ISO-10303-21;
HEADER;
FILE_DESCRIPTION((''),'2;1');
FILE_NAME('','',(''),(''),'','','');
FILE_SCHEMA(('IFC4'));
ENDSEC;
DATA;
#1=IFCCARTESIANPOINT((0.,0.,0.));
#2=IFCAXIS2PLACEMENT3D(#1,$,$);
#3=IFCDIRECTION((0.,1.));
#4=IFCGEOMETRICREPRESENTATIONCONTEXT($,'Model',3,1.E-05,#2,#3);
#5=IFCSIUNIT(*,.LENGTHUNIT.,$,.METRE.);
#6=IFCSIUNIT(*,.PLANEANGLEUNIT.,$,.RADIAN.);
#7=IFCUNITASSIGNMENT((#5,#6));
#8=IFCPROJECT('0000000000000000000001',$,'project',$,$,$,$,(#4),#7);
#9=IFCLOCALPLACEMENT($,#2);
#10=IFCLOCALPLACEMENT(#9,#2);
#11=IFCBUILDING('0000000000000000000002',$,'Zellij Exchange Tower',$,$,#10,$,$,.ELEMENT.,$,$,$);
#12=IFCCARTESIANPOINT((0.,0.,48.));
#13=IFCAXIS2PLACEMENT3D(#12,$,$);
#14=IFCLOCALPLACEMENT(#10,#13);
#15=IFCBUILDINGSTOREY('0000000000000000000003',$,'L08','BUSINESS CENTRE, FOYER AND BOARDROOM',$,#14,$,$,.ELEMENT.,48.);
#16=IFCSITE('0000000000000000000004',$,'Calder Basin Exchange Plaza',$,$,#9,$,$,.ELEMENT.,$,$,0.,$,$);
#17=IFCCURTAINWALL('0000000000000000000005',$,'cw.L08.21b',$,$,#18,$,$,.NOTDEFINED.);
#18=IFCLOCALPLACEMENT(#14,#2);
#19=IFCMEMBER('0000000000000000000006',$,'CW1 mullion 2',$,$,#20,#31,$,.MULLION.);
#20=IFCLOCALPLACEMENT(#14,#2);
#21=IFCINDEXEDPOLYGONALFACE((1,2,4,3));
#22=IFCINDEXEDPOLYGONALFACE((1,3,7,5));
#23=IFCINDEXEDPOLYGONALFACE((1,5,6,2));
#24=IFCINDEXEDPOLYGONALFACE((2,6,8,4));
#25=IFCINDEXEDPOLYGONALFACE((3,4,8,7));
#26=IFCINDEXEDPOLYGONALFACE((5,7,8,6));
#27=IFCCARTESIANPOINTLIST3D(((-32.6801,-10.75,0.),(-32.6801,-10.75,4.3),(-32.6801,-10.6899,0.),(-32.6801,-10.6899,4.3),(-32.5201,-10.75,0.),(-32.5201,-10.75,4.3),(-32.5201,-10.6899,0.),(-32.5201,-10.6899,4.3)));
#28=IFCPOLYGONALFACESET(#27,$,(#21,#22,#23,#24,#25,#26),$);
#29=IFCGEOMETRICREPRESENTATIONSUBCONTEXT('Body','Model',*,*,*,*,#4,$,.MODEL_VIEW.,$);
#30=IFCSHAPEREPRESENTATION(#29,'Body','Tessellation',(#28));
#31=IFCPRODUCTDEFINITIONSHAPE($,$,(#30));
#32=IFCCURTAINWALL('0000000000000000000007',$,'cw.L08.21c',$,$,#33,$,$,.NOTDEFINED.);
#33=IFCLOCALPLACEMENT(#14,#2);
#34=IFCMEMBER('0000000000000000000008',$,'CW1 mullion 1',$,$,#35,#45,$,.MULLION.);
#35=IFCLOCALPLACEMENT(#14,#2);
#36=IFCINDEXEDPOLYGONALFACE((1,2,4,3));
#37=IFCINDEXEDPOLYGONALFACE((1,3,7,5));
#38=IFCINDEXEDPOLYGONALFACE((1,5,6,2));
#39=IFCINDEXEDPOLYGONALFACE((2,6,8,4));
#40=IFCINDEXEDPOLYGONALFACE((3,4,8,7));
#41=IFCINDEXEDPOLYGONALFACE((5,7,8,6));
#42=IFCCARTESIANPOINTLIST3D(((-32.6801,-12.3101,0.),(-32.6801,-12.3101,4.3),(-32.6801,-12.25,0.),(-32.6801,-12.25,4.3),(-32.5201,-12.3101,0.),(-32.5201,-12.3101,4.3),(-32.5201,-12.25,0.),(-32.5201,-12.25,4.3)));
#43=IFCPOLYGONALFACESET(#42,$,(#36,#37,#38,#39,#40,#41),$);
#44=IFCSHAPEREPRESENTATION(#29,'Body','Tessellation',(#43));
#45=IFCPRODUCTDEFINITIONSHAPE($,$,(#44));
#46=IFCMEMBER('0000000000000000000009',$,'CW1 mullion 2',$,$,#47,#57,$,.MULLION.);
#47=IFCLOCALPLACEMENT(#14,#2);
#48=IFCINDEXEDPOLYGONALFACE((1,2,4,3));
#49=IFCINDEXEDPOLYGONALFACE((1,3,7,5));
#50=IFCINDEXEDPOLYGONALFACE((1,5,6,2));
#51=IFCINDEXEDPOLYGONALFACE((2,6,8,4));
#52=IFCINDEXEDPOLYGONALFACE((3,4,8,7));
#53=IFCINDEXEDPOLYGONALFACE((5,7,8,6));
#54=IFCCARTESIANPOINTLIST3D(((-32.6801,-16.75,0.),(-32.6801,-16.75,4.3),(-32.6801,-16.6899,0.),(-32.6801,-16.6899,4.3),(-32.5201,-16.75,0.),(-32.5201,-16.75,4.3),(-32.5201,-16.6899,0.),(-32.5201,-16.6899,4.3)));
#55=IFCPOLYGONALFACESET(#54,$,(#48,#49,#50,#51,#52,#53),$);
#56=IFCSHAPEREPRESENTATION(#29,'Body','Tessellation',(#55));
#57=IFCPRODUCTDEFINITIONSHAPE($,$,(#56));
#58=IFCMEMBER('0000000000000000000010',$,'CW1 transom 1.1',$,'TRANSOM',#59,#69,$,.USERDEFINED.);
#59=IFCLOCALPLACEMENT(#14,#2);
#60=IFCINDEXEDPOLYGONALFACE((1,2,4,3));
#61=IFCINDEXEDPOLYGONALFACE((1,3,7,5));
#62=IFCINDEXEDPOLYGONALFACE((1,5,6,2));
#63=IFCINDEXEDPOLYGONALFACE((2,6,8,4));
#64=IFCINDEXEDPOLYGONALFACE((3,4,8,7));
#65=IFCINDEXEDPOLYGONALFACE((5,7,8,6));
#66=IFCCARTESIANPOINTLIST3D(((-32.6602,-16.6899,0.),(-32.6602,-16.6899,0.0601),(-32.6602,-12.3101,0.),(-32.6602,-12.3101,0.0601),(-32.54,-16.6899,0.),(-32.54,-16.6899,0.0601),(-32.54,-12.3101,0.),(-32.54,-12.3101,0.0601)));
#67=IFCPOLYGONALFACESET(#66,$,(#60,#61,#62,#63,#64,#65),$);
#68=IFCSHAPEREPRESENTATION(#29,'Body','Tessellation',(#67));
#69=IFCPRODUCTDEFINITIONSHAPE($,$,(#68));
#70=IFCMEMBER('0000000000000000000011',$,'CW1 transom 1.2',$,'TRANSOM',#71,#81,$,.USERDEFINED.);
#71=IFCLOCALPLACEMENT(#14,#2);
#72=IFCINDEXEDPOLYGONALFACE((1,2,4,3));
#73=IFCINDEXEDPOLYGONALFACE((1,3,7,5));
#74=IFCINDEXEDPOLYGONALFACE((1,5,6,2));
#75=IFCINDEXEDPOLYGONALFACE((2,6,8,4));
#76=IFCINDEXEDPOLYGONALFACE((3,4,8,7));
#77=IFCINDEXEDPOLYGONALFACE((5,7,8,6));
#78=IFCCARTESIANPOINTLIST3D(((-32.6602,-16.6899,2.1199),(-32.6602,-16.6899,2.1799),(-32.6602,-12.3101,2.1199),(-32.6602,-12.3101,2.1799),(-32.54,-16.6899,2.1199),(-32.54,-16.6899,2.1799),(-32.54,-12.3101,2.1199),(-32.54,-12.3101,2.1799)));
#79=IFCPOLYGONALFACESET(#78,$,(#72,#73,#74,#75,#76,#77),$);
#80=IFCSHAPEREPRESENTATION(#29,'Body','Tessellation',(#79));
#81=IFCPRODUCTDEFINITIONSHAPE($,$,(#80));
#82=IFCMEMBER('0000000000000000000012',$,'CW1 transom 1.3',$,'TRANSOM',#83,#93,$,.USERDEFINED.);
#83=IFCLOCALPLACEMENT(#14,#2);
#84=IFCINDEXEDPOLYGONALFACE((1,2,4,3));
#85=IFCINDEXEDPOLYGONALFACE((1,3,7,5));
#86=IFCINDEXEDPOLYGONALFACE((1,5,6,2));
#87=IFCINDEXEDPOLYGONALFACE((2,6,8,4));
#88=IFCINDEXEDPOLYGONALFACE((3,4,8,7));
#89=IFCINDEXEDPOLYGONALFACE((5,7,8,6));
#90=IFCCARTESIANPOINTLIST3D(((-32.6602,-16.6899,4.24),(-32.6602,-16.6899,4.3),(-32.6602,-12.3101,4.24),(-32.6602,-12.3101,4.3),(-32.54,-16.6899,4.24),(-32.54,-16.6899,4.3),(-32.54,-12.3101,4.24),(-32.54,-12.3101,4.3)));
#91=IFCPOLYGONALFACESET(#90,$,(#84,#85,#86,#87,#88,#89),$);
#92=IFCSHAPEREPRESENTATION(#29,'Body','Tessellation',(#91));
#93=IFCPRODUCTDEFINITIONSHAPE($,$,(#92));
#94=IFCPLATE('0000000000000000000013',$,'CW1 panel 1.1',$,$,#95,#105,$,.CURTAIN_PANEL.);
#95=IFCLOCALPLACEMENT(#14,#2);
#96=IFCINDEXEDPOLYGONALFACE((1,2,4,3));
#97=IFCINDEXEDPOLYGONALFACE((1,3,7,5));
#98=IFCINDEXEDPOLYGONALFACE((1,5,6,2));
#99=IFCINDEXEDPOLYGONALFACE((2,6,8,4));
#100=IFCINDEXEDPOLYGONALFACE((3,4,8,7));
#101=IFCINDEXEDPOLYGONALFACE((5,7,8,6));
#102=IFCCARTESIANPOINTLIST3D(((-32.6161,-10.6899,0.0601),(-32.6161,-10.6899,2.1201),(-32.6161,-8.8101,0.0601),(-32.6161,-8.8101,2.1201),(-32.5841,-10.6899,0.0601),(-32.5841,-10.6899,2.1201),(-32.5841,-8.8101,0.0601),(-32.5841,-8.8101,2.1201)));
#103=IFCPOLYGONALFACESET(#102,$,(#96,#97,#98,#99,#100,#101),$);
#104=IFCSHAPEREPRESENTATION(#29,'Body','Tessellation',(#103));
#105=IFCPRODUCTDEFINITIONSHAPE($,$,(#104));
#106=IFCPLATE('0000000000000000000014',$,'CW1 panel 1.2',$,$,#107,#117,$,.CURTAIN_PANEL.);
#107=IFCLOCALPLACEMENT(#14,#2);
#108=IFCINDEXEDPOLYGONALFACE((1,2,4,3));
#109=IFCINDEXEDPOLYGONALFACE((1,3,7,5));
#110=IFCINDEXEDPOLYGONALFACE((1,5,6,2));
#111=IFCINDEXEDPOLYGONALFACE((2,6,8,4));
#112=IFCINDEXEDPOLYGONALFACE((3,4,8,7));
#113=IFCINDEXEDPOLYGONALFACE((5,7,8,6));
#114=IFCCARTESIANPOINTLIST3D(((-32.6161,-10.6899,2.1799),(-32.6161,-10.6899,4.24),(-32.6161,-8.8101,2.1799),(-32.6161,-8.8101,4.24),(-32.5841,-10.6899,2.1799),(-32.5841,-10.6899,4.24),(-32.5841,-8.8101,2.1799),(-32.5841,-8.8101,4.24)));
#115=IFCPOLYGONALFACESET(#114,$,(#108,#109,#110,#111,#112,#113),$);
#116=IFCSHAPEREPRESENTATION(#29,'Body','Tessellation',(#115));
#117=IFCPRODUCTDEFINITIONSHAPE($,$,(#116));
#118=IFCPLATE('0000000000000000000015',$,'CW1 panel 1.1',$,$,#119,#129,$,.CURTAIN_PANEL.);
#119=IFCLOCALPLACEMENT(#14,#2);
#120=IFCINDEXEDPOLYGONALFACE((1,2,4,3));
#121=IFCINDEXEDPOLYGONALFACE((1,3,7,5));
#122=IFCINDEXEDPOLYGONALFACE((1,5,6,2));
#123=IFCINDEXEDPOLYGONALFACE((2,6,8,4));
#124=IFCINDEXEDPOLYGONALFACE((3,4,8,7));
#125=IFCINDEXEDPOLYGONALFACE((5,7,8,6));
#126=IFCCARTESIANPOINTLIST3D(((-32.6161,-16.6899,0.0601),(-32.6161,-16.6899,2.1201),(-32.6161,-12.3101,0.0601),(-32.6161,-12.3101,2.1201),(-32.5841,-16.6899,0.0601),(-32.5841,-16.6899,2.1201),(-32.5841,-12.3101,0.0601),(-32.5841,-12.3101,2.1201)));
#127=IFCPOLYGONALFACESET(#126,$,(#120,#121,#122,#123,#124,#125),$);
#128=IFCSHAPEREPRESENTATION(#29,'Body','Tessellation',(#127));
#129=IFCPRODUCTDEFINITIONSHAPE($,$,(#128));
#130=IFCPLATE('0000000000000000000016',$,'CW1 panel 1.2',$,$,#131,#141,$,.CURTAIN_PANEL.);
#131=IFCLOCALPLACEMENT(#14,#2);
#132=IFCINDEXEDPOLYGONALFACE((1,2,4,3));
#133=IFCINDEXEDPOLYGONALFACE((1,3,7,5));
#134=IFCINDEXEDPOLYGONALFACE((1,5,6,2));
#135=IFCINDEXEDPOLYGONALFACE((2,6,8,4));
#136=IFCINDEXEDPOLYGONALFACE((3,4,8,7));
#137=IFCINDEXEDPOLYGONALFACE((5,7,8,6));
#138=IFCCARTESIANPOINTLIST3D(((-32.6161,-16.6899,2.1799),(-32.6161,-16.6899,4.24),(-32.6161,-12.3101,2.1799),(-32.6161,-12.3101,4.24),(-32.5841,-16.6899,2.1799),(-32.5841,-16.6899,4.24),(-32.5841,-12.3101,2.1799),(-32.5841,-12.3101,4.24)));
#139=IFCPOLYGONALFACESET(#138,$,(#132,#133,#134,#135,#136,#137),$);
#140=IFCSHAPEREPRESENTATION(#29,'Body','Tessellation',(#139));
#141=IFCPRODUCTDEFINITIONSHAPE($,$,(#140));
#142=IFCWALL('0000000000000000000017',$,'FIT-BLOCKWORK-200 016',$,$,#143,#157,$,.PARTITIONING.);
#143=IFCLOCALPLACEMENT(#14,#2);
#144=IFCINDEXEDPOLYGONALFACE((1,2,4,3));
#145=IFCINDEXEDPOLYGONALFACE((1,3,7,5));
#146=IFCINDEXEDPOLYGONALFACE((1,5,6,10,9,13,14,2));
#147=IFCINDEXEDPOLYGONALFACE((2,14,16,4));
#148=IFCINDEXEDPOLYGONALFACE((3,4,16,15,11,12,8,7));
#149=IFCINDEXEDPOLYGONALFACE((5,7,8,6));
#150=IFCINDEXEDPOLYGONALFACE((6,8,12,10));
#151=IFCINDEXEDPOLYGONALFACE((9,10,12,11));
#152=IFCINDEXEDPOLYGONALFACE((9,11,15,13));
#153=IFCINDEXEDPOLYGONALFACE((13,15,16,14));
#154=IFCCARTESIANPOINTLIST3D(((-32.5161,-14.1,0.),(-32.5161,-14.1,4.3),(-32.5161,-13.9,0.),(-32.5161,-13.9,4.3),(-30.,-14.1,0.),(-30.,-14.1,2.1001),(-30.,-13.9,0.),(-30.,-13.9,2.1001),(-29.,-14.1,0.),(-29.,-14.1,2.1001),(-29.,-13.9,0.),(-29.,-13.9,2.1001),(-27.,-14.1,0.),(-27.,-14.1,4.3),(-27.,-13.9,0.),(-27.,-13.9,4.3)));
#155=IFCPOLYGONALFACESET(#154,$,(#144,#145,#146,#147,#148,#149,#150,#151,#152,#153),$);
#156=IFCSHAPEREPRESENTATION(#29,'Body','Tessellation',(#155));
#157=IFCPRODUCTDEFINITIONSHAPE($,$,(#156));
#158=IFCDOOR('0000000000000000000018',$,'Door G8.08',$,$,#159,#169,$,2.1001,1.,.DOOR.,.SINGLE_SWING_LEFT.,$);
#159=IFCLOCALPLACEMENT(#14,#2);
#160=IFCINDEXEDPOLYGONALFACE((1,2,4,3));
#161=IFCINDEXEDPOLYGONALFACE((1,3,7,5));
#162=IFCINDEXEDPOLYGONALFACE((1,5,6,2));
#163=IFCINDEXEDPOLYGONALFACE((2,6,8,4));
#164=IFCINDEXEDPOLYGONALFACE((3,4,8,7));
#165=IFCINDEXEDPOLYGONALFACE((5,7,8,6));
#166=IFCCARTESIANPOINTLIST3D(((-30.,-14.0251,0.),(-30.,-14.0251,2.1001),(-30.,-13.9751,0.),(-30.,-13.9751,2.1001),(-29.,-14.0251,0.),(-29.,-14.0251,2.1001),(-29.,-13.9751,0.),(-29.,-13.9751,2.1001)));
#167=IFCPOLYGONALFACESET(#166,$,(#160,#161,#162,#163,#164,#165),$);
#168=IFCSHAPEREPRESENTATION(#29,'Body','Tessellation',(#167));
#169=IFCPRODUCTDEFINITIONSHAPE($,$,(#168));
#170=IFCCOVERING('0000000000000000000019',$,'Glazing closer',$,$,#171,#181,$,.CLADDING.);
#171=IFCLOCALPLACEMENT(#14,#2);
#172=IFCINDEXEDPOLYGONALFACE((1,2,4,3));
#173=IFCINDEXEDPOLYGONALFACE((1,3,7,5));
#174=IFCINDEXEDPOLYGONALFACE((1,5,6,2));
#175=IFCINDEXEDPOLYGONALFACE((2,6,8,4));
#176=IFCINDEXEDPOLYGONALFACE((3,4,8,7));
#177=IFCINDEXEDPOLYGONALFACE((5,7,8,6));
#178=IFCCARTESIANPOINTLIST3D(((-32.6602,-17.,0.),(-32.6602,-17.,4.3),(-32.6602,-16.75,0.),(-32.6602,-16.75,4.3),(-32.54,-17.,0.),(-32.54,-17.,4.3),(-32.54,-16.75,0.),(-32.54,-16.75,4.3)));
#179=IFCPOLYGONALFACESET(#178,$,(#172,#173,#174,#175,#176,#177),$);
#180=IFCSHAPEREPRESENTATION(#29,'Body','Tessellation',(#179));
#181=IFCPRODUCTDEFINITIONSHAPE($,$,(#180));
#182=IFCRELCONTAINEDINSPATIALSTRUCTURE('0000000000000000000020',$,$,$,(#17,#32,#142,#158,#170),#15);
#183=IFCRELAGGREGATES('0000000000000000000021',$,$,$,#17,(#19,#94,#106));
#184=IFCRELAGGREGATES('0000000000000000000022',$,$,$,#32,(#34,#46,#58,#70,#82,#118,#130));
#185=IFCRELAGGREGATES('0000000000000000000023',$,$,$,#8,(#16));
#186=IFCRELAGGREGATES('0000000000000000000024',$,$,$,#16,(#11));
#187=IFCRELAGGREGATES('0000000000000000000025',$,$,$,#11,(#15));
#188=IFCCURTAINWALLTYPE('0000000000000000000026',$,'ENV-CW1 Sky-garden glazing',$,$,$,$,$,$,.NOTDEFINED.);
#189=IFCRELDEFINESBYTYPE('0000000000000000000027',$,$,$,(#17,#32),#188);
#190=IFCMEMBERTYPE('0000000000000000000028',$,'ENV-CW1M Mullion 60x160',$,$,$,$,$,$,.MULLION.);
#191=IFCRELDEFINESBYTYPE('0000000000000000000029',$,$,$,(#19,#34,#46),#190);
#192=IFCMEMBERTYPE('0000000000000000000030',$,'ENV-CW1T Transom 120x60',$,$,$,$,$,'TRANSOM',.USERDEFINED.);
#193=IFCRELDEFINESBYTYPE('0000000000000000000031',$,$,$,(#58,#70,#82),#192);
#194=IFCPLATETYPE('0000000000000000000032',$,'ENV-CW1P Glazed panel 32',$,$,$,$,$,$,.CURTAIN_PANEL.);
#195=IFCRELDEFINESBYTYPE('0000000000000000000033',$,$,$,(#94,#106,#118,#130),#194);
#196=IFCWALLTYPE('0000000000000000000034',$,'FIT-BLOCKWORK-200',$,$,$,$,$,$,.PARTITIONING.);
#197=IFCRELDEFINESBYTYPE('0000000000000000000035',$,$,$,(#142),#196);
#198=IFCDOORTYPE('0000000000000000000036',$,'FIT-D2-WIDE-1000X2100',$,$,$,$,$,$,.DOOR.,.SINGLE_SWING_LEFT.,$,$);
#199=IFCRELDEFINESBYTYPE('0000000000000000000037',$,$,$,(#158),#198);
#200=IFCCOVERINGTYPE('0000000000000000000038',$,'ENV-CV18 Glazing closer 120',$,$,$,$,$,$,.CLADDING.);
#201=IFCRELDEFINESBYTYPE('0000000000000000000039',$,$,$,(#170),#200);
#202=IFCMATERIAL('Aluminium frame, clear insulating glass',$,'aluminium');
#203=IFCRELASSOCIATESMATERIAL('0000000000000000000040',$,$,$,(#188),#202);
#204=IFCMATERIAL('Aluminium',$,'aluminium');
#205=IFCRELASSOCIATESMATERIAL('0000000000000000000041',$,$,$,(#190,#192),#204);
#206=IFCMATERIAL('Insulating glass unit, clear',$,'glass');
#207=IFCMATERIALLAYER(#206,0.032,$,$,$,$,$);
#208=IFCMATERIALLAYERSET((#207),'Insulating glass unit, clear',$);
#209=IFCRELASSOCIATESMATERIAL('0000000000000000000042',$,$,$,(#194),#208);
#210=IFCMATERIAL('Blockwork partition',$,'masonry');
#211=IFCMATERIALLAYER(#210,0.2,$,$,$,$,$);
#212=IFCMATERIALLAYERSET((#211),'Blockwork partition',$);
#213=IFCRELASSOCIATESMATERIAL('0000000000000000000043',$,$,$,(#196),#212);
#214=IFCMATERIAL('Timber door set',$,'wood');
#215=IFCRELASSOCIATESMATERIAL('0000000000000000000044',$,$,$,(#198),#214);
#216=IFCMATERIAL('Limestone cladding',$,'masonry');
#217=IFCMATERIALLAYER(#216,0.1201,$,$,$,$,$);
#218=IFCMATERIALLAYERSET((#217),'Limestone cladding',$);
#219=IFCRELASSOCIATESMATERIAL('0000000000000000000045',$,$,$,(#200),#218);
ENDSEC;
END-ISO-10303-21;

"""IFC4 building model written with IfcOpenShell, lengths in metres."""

from ifc_helpers import new_model, si_unit, direction, frame, frame_2d, origin, origin_2d, place, context, subcontext, project, spatial, rectangle, extrude, material, layer, layer_set, material_profile, profile_set, type_object, element, fill, aggregate, save


model = new_model("IFC4")

# Units and contexts
model_context = context("Model", 3, precision=1e-05, world=origin(), true_north=direction((0.0, 1.0)))
body_context = subcontext(model_context, "Body", "Model", "MODEL_VIEW")
ifc_project = project(units=[si_unit("LENGTHUNIT", "METRE"), si_unit("PLANEANGLEUNIT", "RADIAN")], contexts=[model_context])

# Site, building, storey
site_placement = place(None, origin())
site = spatial("IfcSite", under=ifc_project, at=site_placement, Name="Calder Basin Exchange Plaza", CompositionType="ELEMENT", RefElevation=0.0)
building_placement = place(site_placement, origin())
building = spatial("IfcBuilding", under=site, at=building_placement, Name="Zellij Exchange Tower", CompositionType="ELEMENT")
storey_placement = place(building_placement, frame((0.0, 0.0, 48.0)))
storey = spatial("IfcBuildingStorey", under=building, at=storey_placement, Name="L08", Description="BUSINESS CENTRE, FOYER AND BOARDROOM", CompositionType="ELEMENT", Elevation=48.0)

# Curtain wall, member
ifc_material_1 = material(Name="Aluminium frame, clear insulating glass", Category="aluminium")
curtain_wall_type = type_object("IfcCurtainWallType", Name="ENV-CW1 Sky-garden glazing", PredefinedType="NOTDEFINED", material=ifc_material_1)
curtain_wall_1_placement = place(storey_placement, origin())
curtain_wall_1 = element("IfcCurtainWall", 1, at=curtain_wall_1_placement, inside=storey, type_object=curtain_wall_type, Name="cw.L08.21b", PredefinedType="NOTDEFINED")
ifc_material_2 = material(Name="Aluminium", Category="aluminium")
ifc_material_profile_1 = material_profile(ifc_material_2, rectangle(XDim=0.0601, YDim=0.1599, at=origin_2d()), Name="AL 60x160")
ifc_profile_set_1 = profile_set([ifc_material_profile_1], Name="Aluminium")
member_type_1 = type_object("IfcMemberType", Name="ENV-CW1M Mullion 60x160", PredefinedType="MULLION", material=ifc_profile_set_1)
member_1_placement = place(storey_placement, frame((-32.6001, -10.72, 0.0), z_axis=(0.0, 0.0, 1.0), x_axis=(0.0, -1.0, 0.0)))
member_1 = element("IfcMember", 2, at=member_1_placement, type_object=member_type_1, Name="CW1 mullion 2", PredefinedType="MULLION", context=body_context, shape_type="SweptSolid", body=[
    extrude(rectangle(XDim=0.0601, YDim=0.1599, at=origin_2d()), origin(), (0.0, 0.0, 1.0), 4.3),
])

# Curtain wall, members
curtain_wall_2_placement = place(storey_placement, origin())
curtain_wall_2 = element("IfcCurtainWall", 3, at=curtain_wall_2_placement, inside=storey, type_object=curtain_wall_type, Name="cw.L08.21c", PredefinedType="NOTDEFINED")
member_2_placement = place(storey_placement, frame((-32.6001, -12.28, 0.0), z_axis=(0.0, 0.0, 1.0), x_axis=(0.0, -1.0, 0.0)))
member_2 = element("IfcMember", 4, at=member_2_placement, type_object=member_type_1, Name="CW1 mullion 1", PredefinedType="MULLION", context=body_context, shape_type="SweptSolid", body=[
    extrude(rectangle(XDim=0.0601, YDim=0.1599, at=origin_2d()), origin(), (0.0, 0.0, 1.0), 4.3),
])
member_3_placement = place(storey_placement, frame((-32.6001, -16.72, 0.0), z_axis=(0.0, 0.0, 1.0), x_axis=(0.0, -1.0, 0.0)))
member_3 = element("IfcMember", 5, at=member_3_placement, type_object=member_type_1, Name="CW1 mullion 2", PredefinedType="MULLION", context=body_context, shape_type="SweptSolid", body=[
    extrude(rectangle(XDim=0.0601, YDim=0.1599, at=origin_2d()), origin(), (0.0, 0.0, 1.0), 4.3),
])
ifc_material_profile_2 = material_profile(ifc_material_2, rectangle(XDim=0.1201, YDim=0.0601, at=origin_2d()), Name="AL 120x60")
ifc_profile_set_2 = profile_set([ifc_material_profile_2], Name="Aluminium")
member_type_2 = type_object("IfcMemberType", Name="ENV-CW1T Transom 120x60", ElementType="TRANSOM", PredefinedType="USERDEFINED", material=ifc_profile_set_2)
member_4_placement = place(storey_placement, frame((-32.6001, -12.3101, 0.03), z_axis=(0.0, -1.0, 0.0), x_axis=(1.0, 0.0, 0.0)))
member_4 = element("IfcMember", 6, at=member_4_placement, type_object=member_type_2, Name="CW1 transom 1.1", ObjectType="TRANSOM", PredefinedType="USERDEFINED", context=body_context, shape_type="SweptSolid", body=[
    extrude(rectangle(XDim=0.1201, YDim=0.0601, at=origin_2d()), origin(), (0.0, 0.0, 1.0), 4.3799),
])
member_5_placement = place(storey_placement, frame((-32.6001, -12.3101, 2.1499), z_axis=(0.0, -1.0, 0.0), x_axis=(1.0, 0.0, 0.0)))
member_5 = element("IfcMember", 7, at=member_5_placement, type_object=member_type_2, Name="CW1 transom 1.2", ObjectType="TRANSOM", PredefinedType="USERDEFINED", context=body_context, shape_type="SweptSolid", body=[
    extrude(rectangle(XDim=0.1201, YDim=0.0601, at=origin_2d()), origin(), (0.0, 0.0, 1.0), 4.3799),
])
member_6_placement = place(storey_placement, frame((-32.6001, -12.3101, 4.27), z_axis=(0.0, -1.0, 0.0), x_axis=(1.0, 0.0, 0.0)))
member_6 = element("IfcMember", 8, at=member_6_placement, type_object=member_type_2, Name="CW1 transom 1.3", ObjectType="TRANSOM", PredefinedType="USERDEFINED", context=body_context, shape_type="SweptSolid", body=[
    extrude(rectangle(XDim=0.1201, YDim=0.0601, at=origin_2d()), origin(), (0.0, 0.0, 1.0), 4.3799),
])

# Plates
ifc_material_3 = material(Name="Insulating glass unit, clear", Category="glass")
ifc_layer_1 = layer(ifc_material_3, 0.032)
ifc_layer_set_1 = layer_set([ifc_layer_1], Name="Insulating glass unit, clear")
plate_type = type_object("IfcPlateType", Name="ENV-CW1P Glazed panel 32", PredefinedType="CURTAIN_PANEL", material=ifc_layer_set_1)
plate_1_placement = place(storey_placement, frame((-32.6001, -9.75, 0.0601), z_axis=(0.0, 0.0, 1.0), x_axis=(0.0, -1.0, 0.0)))
plate_1 = element("IfcPlate", 9, at=plate_1_placement, type_object=plate_type, Name="CW1 panel 1.1", PredefinedType="CURTAIN_PANEL", context=body_context, shape_type="SweptSolid", body=[
    extrude(rectangle(XDim=1.8799, YDim=0.032, at=origin_2d()), origin(), (0.0, 0.0, 1.0), 2.0601),
])
plate_2_placement = place(storey_placement, frame((-32.6001, -9.75, 2.1799), z_axis=(0.0, 0.0, 1.0), x_axis=(0.0, -1.0, 0.0)))
plate_2 = element("IfcPlate", 10, at=plate_2_placement, type_object=plate_type, Name="CW1 panel 1.2", PredefinedType="CURTAIN_PANEL", context=body_context, shape_type="SweptSolid", body=[
    extrude(rectangle(XDim=1.8799, YDim=0.032, at=origin_2d()), origin(), (0.0, 0.0, 1.0), 2.0601),
])
aggregate(curtain_wall_1, [member_1, plate_1, plate_2])
plate_3_placement = place(storey_placement, frame((-32.6001, -14.5, 0.0601), z_axis=(0.0, 0.0, 1.0), x_axis=(0.0, -1.0, 0.0)))
plate_3 = element("IfcPlate", 11, at=plate_3_placement, type_object=plate_type, Name="CW1 panel 1.1", PredefinedType="CURTAIN_PANEL", context=body_context, shape_type="SweptSolid", body=[
    extrude(rectangle(XDim=4.3799, YDim=0.032, at=origin_2d()), origin(), (0.0, 0.0, 1.0), 2.0601),
])
plate_4_placement = place(storey_placement, frame((-32.6001, -14.5, 2.1799), z_axis=(0.0, 0.0, 1.0), x_axis=(0.0, -1.0, 0.0)))
plate_4 = element("IfcPlate", 12, at=plate_4_placement, type_object=plate_type, Name="CW1 panel 1.2", PredefinedType="CURTAIN_PANEL", context=body_context, shape_type="SweptSolid", body=[
    extrude(rectangle(XDim=4.3799, YDim=0.032, at=origin_2d()), origin(), (0.0, 0.0, 1.0), 2.0601),
])
aggregate(curtain_wall_2, [member_2, member_3, member_4, member_5, member_6, plate_3, plate_4])

# Wall, opening, door
ifc_material_4 = material(Name="Blockwork partition", Category="masonry")
ifc_layer_2 = layer(ifc_material_4, 0.2)
ifc_layer_set_2 = layer_set([ifc_layer_2], Name="Blockwork partition")
wall_type = type_object("IfcWallType", Name="FIT-BLOCKWORK-200", PredefinedType="PARTITIONING", material=ifc_layer_set_2)
wall_placement = place(storey_placement, frame((-32.5161, -14.0, 0.0), z_axis=(0.0, 0.0, 1.0), x_axis=(1.0, 0.0, 0.0)))
wall = element("IfcWall", 13, at=wall_placement, inside=storey, type_object=wall_type, Name="FIT-BLOCKWORK-200 016", PredefinedType="PARTITIONING", context=body_context, shape_type="SweptSolid", body=[
    extrude(rectangle(XDim=5.5161, YDim=0.2, at=frame_2d((2.7581, 0.0))), origin(), (0.0, 0.0, 1.0), 4.3),
])
opening_placement = place(wall_placement, frame((2.5161, 0.0, 0.0)))
opening = element("IfcOpeningElement", 14, at=opening_placement, cuts=wall, PredefinedType="OPENING", context=body_context, shape_type="SweptSolid", body=[
    extrude(rectangle(XDim=1.0, YDim=2.1001, at=frame_2d((0.5, 1.05))), frame((0.0, 0.1118, 0.0), z_axis=(0.0, -1.0, 0.0), x_axis=(1.0, 0.0, 0.0)), (0.0, 0.0, 1.0), 0.2239),
])
ifc_material_5 = material(Name="Timber door set", Category="wood")
door_type = type_object("IfcDoorType", Name="FIT-D2-WIDE-1000X2100", OperationType="SINGLE_SWING_LEFT", PredefinedType="DOOR", material=ifc_material_5)
door_placement = place(opening_placement, origin())
door = element("IfcDoor", 15, at=door_placement, inside=storey, type_object=door_type, Name="Door G8.08", OperationType="SINGLE_SWING_LEFT", OverallHeight=2.1001, OverallWidth=1.0, PredefinedType="DOOR", context=body_context, shape_type="SweptSolid", body=[
    extrude(rectangle(XDim=1.0, YDim=2.1001, at=frame_2d((0.5, 1.05))), frame((0.0, 0.0249, 0.0), z_axis=(0.0, -1.0, 0.0), x_axis=(1.0, 0.0, 0.0)), (0.0, 0.0, 1.0), 0.05),
])
fill(opening, door)

# Covering
ifc_material_6 = material(Name="Limestone cladding", Category="masonry")
ifc_layer_3 = layer(ifc_material_6, 0.1201)
ifc_layer_set_3 = layer_set([ifc_layer_3], Name="Limestone cladding")
covering_type_1 = type_object("IfcCoveringType", Name="ENV-CV18 Glazing closer 120", PredefinedType="CLADDING", material=ifc_layer_set_3)
for number, where, z_axis, x_axis, name in (
    (16, (-32.6001, -16.875, 0.0), (0.0, 0.0, 1.0), (0.0, -1.0, 0.0), "Glazing closer"),
):
    element("IfcCovering", number, at=place(storey_placement, frame(where, z_axis=z_axis, x_axis=x_axis)), inside=storey, type_object=covering_type_1, Name=name, PredefinedType="CLADDING", context=body_context, shape_type="SweptSolid", body=[
        extrude(rectangle(XDim=0.25, YDim=0.1201, at=origin_2d()), origin(), (0.0, 0.0, 1.0), 4.3),
    ])

save(model, "model.ifc")
